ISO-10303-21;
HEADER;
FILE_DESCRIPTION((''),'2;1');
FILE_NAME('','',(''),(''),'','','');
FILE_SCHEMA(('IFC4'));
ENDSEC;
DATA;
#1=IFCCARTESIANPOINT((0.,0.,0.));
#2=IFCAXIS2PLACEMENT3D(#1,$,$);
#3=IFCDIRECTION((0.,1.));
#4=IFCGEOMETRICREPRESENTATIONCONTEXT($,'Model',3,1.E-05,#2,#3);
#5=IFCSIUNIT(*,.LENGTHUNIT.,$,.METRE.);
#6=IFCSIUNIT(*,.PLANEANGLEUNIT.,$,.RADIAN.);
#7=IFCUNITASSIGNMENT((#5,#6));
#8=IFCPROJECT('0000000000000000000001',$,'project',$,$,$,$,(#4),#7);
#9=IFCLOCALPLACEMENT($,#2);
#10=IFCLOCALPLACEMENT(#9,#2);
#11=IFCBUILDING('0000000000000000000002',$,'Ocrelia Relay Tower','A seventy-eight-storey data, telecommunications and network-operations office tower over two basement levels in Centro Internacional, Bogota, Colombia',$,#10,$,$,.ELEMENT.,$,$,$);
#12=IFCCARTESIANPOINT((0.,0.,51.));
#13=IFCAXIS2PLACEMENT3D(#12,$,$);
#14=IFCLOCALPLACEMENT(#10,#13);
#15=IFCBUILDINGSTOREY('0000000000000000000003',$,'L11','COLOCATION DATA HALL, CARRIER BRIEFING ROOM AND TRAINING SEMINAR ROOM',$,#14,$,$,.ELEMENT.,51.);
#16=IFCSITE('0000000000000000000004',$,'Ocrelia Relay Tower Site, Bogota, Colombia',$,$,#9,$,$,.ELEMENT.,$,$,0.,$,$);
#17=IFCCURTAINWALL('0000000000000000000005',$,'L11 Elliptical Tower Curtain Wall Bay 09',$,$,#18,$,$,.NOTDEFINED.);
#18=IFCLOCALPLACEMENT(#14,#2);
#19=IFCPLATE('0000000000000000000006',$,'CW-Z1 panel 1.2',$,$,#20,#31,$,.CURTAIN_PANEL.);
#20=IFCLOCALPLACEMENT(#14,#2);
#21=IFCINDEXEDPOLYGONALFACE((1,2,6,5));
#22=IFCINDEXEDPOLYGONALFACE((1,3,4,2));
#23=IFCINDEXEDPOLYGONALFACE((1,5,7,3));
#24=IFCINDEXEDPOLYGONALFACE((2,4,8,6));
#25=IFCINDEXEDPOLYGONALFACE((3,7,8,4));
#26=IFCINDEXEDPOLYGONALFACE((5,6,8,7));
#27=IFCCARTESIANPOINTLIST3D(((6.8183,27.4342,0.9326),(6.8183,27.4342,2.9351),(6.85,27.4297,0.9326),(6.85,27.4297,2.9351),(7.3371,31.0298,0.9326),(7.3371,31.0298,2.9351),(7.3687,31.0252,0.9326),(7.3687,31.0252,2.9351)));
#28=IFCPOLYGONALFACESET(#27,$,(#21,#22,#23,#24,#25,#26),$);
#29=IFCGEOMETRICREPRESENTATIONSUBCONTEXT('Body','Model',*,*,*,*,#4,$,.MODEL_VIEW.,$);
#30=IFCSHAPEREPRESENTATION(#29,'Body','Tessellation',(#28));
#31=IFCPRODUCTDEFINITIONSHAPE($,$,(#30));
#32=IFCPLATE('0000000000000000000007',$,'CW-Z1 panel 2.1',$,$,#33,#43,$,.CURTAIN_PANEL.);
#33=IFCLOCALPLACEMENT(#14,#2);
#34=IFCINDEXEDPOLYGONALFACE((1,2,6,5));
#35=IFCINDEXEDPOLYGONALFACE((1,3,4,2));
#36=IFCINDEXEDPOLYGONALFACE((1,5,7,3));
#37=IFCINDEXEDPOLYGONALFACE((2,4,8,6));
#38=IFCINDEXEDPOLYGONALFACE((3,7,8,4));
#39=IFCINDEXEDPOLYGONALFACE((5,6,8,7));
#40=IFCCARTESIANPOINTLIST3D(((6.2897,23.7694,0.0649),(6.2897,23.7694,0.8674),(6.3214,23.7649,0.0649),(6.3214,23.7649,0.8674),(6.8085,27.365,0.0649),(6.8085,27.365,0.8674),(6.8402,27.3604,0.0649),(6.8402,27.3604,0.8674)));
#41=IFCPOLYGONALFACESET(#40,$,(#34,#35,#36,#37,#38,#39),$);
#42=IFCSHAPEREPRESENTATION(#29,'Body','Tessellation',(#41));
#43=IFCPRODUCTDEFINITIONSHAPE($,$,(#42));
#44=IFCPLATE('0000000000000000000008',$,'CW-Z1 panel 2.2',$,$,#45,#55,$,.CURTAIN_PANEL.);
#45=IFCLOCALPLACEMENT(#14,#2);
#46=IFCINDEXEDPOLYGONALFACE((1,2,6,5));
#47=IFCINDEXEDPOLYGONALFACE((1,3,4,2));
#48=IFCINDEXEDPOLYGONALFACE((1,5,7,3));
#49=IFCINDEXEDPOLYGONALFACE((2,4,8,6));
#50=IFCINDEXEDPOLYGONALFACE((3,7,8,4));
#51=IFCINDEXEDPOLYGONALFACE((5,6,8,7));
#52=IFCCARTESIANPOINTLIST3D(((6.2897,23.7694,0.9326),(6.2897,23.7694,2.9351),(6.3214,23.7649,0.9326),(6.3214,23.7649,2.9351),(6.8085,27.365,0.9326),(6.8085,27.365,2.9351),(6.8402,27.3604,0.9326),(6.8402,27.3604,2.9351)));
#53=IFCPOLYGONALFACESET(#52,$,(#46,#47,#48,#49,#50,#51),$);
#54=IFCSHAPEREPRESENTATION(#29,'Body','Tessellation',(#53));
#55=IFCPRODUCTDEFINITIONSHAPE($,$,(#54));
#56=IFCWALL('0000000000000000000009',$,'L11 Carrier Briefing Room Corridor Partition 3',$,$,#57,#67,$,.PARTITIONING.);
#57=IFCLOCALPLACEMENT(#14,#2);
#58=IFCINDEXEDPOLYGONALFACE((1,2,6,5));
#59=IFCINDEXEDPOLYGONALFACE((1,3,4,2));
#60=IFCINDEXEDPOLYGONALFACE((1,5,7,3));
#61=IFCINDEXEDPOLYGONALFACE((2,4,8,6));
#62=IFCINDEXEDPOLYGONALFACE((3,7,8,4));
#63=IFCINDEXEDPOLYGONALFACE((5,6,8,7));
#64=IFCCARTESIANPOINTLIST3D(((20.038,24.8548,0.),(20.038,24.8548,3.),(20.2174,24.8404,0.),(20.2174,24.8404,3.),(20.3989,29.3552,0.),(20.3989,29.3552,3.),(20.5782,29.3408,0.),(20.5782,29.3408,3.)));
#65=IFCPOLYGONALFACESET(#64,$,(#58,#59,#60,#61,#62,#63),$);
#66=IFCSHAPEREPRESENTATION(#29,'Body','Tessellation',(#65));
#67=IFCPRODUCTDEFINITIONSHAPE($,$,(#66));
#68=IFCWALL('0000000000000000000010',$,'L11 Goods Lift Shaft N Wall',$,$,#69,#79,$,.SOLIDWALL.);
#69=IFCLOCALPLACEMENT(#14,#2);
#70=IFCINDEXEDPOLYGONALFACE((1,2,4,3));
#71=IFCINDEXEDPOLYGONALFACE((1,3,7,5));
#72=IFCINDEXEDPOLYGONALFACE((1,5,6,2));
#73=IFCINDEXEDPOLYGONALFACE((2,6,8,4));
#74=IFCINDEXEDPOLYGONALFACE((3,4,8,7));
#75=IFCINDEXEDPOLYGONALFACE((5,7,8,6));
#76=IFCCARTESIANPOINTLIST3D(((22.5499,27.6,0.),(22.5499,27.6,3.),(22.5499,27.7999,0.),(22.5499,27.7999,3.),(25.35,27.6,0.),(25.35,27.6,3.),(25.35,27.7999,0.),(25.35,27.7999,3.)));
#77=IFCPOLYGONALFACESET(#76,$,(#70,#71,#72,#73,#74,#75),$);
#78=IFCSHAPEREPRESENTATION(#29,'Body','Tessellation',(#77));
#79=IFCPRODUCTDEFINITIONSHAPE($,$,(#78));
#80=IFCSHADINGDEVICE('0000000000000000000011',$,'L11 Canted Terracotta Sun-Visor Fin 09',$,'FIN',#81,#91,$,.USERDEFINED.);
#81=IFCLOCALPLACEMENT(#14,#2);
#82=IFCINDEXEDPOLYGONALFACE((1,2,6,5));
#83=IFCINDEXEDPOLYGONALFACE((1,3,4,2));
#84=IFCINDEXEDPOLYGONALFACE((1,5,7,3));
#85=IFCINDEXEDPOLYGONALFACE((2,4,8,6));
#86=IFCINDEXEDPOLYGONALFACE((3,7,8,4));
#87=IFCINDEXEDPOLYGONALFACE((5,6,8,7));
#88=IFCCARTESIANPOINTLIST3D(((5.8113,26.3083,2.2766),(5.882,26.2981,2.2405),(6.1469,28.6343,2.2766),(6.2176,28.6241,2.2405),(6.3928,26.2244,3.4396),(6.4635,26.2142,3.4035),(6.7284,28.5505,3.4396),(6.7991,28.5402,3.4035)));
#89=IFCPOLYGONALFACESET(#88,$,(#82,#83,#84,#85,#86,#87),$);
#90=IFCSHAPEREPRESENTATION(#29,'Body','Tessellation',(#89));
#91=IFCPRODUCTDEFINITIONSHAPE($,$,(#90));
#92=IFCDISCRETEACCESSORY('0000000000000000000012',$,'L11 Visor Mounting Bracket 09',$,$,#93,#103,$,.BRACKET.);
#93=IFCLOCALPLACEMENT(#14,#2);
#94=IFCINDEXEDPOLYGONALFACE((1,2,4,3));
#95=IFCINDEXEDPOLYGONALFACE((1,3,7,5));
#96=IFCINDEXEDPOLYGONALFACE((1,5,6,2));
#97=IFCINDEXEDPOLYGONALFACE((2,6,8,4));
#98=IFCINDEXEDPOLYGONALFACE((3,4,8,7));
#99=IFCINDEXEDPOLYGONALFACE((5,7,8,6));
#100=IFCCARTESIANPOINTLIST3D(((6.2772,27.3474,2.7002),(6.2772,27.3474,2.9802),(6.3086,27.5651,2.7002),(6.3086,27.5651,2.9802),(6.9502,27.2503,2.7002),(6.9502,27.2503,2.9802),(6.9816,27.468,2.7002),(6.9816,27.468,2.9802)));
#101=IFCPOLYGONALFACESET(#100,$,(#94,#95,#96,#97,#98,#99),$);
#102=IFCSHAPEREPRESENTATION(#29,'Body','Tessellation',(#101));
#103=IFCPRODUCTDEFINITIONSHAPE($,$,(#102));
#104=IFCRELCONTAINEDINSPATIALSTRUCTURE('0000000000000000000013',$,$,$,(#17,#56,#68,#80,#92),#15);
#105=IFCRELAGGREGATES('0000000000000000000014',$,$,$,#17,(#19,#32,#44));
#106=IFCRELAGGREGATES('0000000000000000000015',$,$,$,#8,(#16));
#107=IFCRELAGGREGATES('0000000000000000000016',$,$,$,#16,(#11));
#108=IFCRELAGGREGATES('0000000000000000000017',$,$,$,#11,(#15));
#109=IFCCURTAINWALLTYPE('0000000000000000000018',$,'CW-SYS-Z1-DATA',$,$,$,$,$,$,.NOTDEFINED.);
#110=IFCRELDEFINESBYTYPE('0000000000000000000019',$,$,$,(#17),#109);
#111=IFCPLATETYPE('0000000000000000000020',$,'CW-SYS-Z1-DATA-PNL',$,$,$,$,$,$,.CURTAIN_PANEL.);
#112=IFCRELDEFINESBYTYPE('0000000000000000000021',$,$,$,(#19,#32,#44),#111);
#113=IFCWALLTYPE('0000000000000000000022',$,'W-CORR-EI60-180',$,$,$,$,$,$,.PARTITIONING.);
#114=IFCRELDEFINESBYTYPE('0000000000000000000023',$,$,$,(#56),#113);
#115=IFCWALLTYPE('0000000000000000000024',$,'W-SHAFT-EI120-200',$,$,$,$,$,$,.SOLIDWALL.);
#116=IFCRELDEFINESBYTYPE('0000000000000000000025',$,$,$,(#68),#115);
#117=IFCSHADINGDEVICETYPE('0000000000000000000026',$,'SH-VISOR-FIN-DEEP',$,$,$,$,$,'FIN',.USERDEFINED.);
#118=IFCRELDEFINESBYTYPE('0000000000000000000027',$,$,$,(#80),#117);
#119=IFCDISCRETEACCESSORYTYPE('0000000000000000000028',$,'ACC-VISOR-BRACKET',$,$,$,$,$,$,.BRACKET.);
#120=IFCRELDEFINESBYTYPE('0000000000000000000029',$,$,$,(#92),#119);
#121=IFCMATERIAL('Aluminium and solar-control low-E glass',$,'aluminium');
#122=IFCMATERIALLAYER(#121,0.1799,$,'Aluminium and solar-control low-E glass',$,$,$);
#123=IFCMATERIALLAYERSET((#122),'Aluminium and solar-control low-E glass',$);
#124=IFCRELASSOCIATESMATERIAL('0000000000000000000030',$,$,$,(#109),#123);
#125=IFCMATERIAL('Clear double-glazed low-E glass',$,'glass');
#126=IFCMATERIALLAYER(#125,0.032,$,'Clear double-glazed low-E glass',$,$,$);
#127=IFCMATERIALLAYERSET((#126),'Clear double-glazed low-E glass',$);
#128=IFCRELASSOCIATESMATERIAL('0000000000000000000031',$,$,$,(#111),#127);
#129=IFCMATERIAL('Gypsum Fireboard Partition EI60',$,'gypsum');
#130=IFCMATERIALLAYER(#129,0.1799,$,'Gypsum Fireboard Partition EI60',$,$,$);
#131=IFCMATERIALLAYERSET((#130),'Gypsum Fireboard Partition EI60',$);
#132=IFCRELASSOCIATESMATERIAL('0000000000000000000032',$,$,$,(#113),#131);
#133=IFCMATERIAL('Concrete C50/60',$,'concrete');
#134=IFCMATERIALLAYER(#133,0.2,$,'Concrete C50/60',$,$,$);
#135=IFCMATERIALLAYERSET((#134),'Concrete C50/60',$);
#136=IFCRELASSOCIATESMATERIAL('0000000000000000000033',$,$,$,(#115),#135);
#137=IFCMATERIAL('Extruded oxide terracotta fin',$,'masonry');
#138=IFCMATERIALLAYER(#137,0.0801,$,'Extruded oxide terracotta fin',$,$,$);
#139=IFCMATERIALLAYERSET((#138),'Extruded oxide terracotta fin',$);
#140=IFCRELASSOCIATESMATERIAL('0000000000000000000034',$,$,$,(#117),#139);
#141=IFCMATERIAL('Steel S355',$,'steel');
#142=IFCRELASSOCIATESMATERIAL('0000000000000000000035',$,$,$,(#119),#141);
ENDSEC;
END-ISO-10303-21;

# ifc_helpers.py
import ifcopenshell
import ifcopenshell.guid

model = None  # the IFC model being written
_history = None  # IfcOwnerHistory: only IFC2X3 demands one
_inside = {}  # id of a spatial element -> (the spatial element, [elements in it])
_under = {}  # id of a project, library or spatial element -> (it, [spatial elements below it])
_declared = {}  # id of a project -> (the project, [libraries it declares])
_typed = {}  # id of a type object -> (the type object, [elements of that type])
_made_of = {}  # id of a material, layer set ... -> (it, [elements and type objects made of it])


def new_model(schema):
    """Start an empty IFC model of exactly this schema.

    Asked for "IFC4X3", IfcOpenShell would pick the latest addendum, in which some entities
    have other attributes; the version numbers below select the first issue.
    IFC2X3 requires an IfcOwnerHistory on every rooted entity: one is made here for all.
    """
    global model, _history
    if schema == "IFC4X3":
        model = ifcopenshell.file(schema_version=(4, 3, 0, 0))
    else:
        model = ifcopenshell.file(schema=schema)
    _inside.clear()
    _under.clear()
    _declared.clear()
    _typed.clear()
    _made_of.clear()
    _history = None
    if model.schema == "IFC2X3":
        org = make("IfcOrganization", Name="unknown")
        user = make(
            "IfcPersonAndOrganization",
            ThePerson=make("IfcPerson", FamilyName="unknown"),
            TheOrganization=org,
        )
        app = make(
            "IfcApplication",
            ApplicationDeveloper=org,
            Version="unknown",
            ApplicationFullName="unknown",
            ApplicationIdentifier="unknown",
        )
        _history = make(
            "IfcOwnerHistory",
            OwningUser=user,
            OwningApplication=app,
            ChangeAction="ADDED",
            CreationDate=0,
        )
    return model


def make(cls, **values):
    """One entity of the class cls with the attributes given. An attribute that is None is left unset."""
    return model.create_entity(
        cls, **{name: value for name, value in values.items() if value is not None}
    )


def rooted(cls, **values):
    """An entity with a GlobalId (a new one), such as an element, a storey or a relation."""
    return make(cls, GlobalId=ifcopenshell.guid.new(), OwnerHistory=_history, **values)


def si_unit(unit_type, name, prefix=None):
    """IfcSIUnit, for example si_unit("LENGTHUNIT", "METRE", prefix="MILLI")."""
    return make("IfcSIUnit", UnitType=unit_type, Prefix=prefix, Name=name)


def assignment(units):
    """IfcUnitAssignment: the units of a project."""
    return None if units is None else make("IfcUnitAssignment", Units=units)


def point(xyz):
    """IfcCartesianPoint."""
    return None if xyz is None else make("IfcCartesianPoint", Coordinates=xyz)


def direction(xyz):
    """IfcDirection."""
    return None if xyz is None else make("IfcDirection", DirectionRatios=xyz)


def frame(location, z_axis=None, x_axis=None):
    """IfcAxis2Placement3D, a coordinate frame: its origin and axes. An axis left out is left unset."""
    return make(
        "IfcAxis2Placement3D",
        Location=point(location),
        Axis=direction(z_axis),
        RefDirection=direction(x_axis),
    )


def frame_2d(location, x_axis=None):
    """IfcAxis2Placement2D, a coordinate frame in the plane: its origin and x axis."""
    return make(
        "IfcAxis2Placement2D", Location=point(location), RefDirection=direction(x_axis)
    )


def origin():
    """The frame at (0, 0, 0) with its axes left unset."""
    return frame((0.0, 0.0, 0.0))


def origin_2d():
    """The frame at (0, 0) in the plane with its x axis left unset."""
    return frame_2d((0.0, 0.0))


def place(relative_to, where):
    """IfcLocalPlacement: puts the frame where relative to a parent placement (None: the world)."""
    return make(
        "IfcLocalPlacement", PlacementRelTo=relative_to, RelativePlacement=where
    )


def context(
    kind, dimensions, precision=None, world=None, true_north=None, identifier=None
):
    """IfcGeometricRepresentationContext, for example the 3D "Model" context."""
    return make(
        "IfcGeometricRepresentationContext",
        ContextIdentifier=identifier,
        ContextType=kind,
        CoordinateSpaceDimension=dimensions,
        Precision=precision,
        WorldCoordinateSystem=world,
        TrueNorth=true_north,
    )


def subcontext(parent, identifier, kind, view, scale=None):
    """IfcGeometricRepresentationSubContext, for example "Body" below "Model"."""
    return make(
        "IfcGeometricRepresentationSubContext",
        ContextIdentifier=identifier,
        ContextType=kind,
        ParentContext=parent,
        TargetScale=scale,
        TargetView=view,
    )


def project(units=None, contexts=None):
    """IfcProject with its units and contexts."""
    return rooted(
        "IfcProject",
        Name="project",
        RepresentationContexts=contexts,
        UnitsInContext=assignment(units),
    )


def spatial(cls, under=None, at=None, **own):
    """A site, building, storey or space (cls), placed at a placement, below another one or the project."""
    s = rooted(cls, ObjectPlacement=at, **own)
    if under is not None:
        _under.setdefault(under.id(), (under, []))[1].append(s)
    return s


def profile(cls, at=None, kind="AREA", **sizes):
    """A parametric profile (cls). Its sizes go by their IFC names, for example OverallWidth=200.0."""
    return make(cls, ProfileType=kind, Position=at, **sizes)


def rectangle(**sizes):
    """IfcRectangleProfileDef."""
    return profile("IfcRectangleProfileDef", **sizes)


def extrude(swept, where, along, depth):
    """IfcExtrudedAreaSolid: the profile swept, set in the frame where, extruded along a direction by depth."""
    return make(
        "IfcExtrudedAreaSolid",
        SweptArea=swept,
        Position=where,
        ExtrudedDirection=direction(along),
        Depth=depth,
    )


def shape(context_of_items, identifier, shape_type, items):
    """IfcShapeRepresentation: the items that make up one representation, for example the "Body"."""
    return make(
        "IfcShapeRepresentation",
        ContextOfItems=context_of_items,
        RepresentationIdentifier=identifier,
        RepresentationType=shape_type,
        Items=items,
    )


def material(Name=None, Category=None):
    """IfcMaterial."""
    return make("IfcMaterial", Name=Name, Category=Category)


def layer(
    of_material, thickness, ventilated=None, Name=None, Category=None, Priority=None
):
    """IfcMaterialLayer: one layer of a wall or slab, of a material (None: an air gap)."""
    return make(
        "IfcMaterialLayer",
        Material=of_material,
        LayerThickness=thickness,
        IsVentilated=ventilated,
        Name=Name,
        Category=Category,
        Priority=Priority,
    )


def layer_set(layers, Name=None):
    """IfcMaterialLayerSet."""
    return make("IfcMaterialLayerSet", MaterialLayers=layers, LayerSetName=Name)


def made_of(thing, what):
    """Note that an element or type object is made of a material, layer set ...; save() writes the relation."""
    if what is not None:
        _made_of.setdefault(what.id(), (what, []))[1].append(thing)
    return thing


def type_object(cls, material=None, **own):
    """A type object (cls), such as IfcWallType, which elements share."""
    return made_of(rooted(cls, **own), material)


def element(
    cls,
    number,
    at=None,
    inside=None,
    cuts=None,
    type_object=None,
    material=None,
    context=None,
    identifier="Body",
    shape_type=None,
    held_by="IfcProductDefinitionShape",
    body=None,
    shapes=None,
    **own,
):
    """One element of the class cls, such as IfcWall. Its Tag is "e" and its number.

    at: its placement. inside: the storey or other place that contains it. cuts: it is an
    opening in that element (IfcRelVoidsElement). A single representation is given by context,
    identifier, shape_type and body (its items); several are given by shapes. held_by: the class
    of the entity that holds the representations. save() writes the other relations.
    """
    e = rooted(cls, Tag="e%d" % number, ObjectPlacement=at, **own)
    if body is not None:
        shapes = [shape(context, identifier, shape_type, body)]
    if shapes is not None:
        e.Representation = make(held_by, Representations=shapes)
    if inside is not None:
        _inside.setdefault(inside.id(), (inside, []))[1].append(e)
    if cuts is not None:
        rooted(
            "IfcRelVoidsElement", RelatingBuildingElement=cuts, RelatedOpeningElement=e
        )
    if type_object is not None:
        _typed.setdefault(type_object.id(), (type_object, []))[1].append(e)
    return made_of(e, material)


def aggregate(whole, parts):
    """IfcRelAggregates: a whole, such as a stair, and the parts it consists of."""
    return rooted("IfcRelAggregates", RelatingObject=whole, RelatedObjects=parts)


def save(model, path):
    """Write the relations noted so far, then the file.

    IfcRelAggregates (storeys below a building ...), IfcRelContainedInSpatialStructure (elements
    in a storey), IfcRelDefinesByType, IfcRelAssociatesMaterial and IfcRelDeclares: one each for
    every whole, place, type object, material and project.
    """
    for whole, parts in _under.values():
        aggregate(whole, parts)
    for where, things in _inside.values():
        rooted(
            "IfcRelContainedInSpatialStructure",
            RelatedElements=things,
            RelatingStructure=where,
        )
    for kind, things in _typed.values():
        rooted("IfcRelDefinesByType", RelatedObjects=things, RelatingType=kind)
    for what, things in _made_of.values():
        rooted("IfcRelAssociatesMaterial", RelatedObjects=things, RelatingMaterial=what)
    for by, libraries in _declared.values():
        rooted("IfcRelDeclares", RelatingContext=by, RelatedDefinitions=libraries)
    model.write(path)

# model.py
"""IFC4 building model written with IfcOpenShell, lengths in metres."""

from ifc_helpers import new_model, si_unit, direction, frame, frame_2d, origin, origin_2d, place, context, subcontext, project, spatial, rectangle, extrude, material, layer, layer_set, type_object, element, aggregate, save


model = new_model("IFC4")

# Units and contexts
model_context = context("Model", 3, precision=1e-05, world=origin(), true_north=direction((0.0, 1.0)))
body_context = subcontext(model_context, "Body", "Model", "MODEL_VIEW")
ifc_project = project(units=[si_unit("LENGTHUNIT", "METRE"), si_unit("PLANEANGLEUNIT", "RADIAN")], contexts=[model_context])

# Site, building, storey
site_placement = place(None, origin())
site = spatial("IfcSite", under=ifc_project, at=site_placement, Name="Ocrelia Relay Tower Site, Bogota, Colombia", CompositionType="ELEMENT", RefElevation=0.0)
building_placement = place(site_placement, origin())
building = spatial("IfcBuilding", under=site, at=building_placement, Name="Ocrelia Relay Tower", Description="A seventy-eight-storey data, telecommunications and network-operations office tower over two basement levels in Centro Internacional, Bogota, Colombia", CompositionType="ELEMENT")
storey_placement = place(building_placement, frame((0.0, 0.0, 51.0)))
storey = spatial("IfcBuildingStorey", under=building, at=storey_placement, Name="L11", Description="COLOCATION DATA HALL, CARRIER BRIEFING ROOM AND TRAINING SEMINAR ROOM", CompositionType="ELEMENT", Elevation=51.0)

# Shared definitions
ifc_material_1 = material(Name="Steel S355", Category="steel")

# Curtain wall, plates
ifc_material_2 = material(Name="Aluminium and solar-control low-E glass", Category="aluminium")
ifc_layer_1 = layer(ifc_material_2, 0.1799, Name="Aluminium and solar-control low-E glass")
ifc_layer_set_1 = layer_set([ifc_layer_1], Name="Aluminium and solar-control low-E glass")
curtain_wall_type = type_object("IfcCurtainWallType", Name="CW-SYS-Z1-DATA", PredefinedType="NOTDEFINED", material=ifc_layer_set_1)
curtain_wall_placement = place(storey_placement, origin())
curtain_wall = element("IfcCurtainWall", 1, at=curtain_wall_placement, inside=storey, type_object=curtain_wall_type, Name="L11 Elliptical Tower Curtain Wall Bay 09", PredefinedType="NOTDEFINED")
ifc_material_3 = material(Name="Clear double-glazed low-E glass", Category="glass")
ifc_layer_2 = layer(ifc_material_3, 0.032, Name="Clear double-glazed low-E glass")
ifc_layer_set_2 = layer_set([ifc_layer_2], Name="Clear double-glazed low-E glass")
plate_type = type_object("IfcPlateType", Name="CW-SYS-Z1-DATA-PNL", PredefinedType="CURTAIN_PANEL", material=ifc_layer_set_2)
plate_1_placement = place(storey_placement, frame((7.0935, 29.2297, 0.9326), z_axis=(0.0, 0.0, 1.0), x_axis=(-0.1428, -0.989752, 0.0)))
plate_1 = element("IfcPlate", 2, at=plate_1_placement, type_object=plate_type, Name="CW-Z1 panel 1.2", PredefinedType="CURTAIN_PANEL", context=body_context, shape_type="SweptSolid", body=[
    extrude(rectangle(XDim=3.6328, YDim=0.032, at=origin_2d()), origin(), (0.0, 0.0, 1.0), 2.0024),
])
plate_2_placement = place(storey_placement, frame((6.5649, 25.5649, 0.0649), z_axis=(0.0, 0.0, 1.0), x_axis=(-0.1428, -0.989752, 0.0)))
plate_2 = element("IfcPlate", 3, at=plate_2_placement, type_object=plate_type, Name="CW-Z1 panel 2.1", PredefinedType="CURTAIN_PANEL", context=body_context, shape_type="SweptSolid", body=[
    extrude(rectangle(XDim=3.6328, YDim=0.032, at=origin_2d()), origin(), (0.0, 0.0, 1.0), 0.8025),
])
plate_3_placement = place(storey_placement, frame((6.5649, 25.5649, 0.9326), z_axis=(0.0, 0.0, 1.0), x_axis=(-0.1428, -0.989752, 0.0)))
plate_3 = element("IfcPlate", 4, at=plate_3_placement, type_object=plate_type, Name="CW-Z1 panel 2.2", PredefinedType="CURTAIN_PANEL", context=body_context, shape_type="SweptSolid", body=[
    extrude(rectangle(XDim=3.6328, YDim=0.032, at=origin_2d()), origin(), (0.0, 0.0, 1.0), 2.0024),
])
aggregate(curtain_wall, [plate_1, plate_2, plate_3])

# Walls
ifc_material_4 = material(Name="Gypsum Fireboard Partition EI60", Category="gypsum")
ifc_layer_3 = layer(ifc_material_4, 0.1799, Name="Gypsum Fireboard Partition EI60")
ifc_layer_set_3 = layer_set([ifc_layer_3], Name="Gypsum Fireboard Partition EI60")
wall_type_1 = type_object("IfcWallType", Name="W-CORR-EI60-180", PredefinedType="PARTITIONING", material=ifc_layer_set_3)
wall_1_placement = place(storey_placement, frame((20.4885, 29.3479, 0.0), z_axis=(0.0, 0.0, 1.0), x_axis=(-0.079921, -0.996801, 0.0)))
element("IfcWall", 5, at=wall_1_placement, inside=storey, type_object=wall_type_1, Name="L11 Carrier Briefing Room Corridor Partition 3", PredefinedType="PARTITIONING", context=body_context, shape_type="SweptSolid", body=[
    extrude(rectangle(XDim=4.5149, YDim=0.1799, at=frame_2d((2.2573, 0.0))), origin(), (0.0, 0.0, 1.0), 3.0),
])
ifc_material_5 = material(Name="Concrete C50/60", Category="concrete")
ifc_layer_4 = layer(ifc_material_5, 0.2, Name="Concrete C50/60")
ifc_layer_set_4 = layer_set([ifc_layer_4], Name="Concrete C50/60")
wall_type_2 = type_object("IfcWallType", Name="W-SHAFT-EI120-200", PredefinedType="SOLIDWALL", material=ifc_layer_set_4)
wall_2_placement = place(storey_placement, frame((22.55, 27.7, 0.0), z_axis=(0.0, 0.0, 1.0), x_axis=(1.0, 0.0, 0.0)))
element("IfcWall", 6, at=wall_2_placement, inside=storey, type_object=wall_type_2, Name="L11 Goods Lift Shaft N Wall", PredefinedType="SOLIDWALL", context=body_context, shape_type="SweptSolid", body=[
    extrude(rectangle(XDim=2.8, YDim=0.2, at=frame_2d((1.3999, 0.0))), origin(), (0.0, 0.0, 1.0), 3.0),
])

# Shading device
ifc_material_6 = material(Name="Extruded oxide terracotta fin", Category="masonry")
ifc_layer_5 = layer(ifc_material_6, 0.0801, Name="Extruded oxide terracotta fin")
ifc_layer_set_5 = layer_set([ifc_layer_5], Name="Extruded oxide terracotta fin")
shading_device_type = type_object("IfcShadingDeviceType", Name="SH-VISOR-FIN-DEEP", ElementType="FIN", PredefinedType="USERDEFINED", material=ifc_layer_set_5)
shading_device_placement = place(storey_placement, frame((6.3406, 27.4192, 2.822), z_axis=(-0.883438, 0.127461, 0.450878), x_axis=(-0.1428, -0.989752, 0.0)))
element("IfcShadingDevice", 7, at=shading_device_placement, inside=storey, type_object=shading_device_type, Name="L11 Canted Terracotta Sun-Visor Fin 09", ObjectType="FIN", PredefinedType="USERDEFINED", context=body_context, shape_type="SweptSolid", body=[
    extrude(rectangle(XDim=2.3501, YDim=1.303, at=origin_2d()), origin(), (0.0, 0.0, 1.0), 0.0801),
])

# Discrete accessory
discrete_accessory_type = type_object("IfcDiscreteAccessoryType", Name="ACC-VISOR-BRACKET", PredefinedType="BRACKET", material=ifc_material_1)
discrete_accessory_placement = place(storey_placement, frame((6.6294, 27.4077, 2.7002), z_axis=(0.0, 0.0, 1.0), x_axis=(-0.1428, -0.989752, 0.0)))
element("IfcDiscreteAccessory", 8, at=discrete_accessory_placement, inside=storey, type_object=discrete_accessory_type, Name="L11 Visor Mounting Bracket 09", PredefinedType="BRACKET", context=body_context, shape_type="SweptSolid", body=[
    extrude(rectangle(XDim=0.22, YDim=0.6799, at=origin_2d()), origin(), (0.0, 0.0, 1.0), 0.28),
])

save(model, "model.ifc")
